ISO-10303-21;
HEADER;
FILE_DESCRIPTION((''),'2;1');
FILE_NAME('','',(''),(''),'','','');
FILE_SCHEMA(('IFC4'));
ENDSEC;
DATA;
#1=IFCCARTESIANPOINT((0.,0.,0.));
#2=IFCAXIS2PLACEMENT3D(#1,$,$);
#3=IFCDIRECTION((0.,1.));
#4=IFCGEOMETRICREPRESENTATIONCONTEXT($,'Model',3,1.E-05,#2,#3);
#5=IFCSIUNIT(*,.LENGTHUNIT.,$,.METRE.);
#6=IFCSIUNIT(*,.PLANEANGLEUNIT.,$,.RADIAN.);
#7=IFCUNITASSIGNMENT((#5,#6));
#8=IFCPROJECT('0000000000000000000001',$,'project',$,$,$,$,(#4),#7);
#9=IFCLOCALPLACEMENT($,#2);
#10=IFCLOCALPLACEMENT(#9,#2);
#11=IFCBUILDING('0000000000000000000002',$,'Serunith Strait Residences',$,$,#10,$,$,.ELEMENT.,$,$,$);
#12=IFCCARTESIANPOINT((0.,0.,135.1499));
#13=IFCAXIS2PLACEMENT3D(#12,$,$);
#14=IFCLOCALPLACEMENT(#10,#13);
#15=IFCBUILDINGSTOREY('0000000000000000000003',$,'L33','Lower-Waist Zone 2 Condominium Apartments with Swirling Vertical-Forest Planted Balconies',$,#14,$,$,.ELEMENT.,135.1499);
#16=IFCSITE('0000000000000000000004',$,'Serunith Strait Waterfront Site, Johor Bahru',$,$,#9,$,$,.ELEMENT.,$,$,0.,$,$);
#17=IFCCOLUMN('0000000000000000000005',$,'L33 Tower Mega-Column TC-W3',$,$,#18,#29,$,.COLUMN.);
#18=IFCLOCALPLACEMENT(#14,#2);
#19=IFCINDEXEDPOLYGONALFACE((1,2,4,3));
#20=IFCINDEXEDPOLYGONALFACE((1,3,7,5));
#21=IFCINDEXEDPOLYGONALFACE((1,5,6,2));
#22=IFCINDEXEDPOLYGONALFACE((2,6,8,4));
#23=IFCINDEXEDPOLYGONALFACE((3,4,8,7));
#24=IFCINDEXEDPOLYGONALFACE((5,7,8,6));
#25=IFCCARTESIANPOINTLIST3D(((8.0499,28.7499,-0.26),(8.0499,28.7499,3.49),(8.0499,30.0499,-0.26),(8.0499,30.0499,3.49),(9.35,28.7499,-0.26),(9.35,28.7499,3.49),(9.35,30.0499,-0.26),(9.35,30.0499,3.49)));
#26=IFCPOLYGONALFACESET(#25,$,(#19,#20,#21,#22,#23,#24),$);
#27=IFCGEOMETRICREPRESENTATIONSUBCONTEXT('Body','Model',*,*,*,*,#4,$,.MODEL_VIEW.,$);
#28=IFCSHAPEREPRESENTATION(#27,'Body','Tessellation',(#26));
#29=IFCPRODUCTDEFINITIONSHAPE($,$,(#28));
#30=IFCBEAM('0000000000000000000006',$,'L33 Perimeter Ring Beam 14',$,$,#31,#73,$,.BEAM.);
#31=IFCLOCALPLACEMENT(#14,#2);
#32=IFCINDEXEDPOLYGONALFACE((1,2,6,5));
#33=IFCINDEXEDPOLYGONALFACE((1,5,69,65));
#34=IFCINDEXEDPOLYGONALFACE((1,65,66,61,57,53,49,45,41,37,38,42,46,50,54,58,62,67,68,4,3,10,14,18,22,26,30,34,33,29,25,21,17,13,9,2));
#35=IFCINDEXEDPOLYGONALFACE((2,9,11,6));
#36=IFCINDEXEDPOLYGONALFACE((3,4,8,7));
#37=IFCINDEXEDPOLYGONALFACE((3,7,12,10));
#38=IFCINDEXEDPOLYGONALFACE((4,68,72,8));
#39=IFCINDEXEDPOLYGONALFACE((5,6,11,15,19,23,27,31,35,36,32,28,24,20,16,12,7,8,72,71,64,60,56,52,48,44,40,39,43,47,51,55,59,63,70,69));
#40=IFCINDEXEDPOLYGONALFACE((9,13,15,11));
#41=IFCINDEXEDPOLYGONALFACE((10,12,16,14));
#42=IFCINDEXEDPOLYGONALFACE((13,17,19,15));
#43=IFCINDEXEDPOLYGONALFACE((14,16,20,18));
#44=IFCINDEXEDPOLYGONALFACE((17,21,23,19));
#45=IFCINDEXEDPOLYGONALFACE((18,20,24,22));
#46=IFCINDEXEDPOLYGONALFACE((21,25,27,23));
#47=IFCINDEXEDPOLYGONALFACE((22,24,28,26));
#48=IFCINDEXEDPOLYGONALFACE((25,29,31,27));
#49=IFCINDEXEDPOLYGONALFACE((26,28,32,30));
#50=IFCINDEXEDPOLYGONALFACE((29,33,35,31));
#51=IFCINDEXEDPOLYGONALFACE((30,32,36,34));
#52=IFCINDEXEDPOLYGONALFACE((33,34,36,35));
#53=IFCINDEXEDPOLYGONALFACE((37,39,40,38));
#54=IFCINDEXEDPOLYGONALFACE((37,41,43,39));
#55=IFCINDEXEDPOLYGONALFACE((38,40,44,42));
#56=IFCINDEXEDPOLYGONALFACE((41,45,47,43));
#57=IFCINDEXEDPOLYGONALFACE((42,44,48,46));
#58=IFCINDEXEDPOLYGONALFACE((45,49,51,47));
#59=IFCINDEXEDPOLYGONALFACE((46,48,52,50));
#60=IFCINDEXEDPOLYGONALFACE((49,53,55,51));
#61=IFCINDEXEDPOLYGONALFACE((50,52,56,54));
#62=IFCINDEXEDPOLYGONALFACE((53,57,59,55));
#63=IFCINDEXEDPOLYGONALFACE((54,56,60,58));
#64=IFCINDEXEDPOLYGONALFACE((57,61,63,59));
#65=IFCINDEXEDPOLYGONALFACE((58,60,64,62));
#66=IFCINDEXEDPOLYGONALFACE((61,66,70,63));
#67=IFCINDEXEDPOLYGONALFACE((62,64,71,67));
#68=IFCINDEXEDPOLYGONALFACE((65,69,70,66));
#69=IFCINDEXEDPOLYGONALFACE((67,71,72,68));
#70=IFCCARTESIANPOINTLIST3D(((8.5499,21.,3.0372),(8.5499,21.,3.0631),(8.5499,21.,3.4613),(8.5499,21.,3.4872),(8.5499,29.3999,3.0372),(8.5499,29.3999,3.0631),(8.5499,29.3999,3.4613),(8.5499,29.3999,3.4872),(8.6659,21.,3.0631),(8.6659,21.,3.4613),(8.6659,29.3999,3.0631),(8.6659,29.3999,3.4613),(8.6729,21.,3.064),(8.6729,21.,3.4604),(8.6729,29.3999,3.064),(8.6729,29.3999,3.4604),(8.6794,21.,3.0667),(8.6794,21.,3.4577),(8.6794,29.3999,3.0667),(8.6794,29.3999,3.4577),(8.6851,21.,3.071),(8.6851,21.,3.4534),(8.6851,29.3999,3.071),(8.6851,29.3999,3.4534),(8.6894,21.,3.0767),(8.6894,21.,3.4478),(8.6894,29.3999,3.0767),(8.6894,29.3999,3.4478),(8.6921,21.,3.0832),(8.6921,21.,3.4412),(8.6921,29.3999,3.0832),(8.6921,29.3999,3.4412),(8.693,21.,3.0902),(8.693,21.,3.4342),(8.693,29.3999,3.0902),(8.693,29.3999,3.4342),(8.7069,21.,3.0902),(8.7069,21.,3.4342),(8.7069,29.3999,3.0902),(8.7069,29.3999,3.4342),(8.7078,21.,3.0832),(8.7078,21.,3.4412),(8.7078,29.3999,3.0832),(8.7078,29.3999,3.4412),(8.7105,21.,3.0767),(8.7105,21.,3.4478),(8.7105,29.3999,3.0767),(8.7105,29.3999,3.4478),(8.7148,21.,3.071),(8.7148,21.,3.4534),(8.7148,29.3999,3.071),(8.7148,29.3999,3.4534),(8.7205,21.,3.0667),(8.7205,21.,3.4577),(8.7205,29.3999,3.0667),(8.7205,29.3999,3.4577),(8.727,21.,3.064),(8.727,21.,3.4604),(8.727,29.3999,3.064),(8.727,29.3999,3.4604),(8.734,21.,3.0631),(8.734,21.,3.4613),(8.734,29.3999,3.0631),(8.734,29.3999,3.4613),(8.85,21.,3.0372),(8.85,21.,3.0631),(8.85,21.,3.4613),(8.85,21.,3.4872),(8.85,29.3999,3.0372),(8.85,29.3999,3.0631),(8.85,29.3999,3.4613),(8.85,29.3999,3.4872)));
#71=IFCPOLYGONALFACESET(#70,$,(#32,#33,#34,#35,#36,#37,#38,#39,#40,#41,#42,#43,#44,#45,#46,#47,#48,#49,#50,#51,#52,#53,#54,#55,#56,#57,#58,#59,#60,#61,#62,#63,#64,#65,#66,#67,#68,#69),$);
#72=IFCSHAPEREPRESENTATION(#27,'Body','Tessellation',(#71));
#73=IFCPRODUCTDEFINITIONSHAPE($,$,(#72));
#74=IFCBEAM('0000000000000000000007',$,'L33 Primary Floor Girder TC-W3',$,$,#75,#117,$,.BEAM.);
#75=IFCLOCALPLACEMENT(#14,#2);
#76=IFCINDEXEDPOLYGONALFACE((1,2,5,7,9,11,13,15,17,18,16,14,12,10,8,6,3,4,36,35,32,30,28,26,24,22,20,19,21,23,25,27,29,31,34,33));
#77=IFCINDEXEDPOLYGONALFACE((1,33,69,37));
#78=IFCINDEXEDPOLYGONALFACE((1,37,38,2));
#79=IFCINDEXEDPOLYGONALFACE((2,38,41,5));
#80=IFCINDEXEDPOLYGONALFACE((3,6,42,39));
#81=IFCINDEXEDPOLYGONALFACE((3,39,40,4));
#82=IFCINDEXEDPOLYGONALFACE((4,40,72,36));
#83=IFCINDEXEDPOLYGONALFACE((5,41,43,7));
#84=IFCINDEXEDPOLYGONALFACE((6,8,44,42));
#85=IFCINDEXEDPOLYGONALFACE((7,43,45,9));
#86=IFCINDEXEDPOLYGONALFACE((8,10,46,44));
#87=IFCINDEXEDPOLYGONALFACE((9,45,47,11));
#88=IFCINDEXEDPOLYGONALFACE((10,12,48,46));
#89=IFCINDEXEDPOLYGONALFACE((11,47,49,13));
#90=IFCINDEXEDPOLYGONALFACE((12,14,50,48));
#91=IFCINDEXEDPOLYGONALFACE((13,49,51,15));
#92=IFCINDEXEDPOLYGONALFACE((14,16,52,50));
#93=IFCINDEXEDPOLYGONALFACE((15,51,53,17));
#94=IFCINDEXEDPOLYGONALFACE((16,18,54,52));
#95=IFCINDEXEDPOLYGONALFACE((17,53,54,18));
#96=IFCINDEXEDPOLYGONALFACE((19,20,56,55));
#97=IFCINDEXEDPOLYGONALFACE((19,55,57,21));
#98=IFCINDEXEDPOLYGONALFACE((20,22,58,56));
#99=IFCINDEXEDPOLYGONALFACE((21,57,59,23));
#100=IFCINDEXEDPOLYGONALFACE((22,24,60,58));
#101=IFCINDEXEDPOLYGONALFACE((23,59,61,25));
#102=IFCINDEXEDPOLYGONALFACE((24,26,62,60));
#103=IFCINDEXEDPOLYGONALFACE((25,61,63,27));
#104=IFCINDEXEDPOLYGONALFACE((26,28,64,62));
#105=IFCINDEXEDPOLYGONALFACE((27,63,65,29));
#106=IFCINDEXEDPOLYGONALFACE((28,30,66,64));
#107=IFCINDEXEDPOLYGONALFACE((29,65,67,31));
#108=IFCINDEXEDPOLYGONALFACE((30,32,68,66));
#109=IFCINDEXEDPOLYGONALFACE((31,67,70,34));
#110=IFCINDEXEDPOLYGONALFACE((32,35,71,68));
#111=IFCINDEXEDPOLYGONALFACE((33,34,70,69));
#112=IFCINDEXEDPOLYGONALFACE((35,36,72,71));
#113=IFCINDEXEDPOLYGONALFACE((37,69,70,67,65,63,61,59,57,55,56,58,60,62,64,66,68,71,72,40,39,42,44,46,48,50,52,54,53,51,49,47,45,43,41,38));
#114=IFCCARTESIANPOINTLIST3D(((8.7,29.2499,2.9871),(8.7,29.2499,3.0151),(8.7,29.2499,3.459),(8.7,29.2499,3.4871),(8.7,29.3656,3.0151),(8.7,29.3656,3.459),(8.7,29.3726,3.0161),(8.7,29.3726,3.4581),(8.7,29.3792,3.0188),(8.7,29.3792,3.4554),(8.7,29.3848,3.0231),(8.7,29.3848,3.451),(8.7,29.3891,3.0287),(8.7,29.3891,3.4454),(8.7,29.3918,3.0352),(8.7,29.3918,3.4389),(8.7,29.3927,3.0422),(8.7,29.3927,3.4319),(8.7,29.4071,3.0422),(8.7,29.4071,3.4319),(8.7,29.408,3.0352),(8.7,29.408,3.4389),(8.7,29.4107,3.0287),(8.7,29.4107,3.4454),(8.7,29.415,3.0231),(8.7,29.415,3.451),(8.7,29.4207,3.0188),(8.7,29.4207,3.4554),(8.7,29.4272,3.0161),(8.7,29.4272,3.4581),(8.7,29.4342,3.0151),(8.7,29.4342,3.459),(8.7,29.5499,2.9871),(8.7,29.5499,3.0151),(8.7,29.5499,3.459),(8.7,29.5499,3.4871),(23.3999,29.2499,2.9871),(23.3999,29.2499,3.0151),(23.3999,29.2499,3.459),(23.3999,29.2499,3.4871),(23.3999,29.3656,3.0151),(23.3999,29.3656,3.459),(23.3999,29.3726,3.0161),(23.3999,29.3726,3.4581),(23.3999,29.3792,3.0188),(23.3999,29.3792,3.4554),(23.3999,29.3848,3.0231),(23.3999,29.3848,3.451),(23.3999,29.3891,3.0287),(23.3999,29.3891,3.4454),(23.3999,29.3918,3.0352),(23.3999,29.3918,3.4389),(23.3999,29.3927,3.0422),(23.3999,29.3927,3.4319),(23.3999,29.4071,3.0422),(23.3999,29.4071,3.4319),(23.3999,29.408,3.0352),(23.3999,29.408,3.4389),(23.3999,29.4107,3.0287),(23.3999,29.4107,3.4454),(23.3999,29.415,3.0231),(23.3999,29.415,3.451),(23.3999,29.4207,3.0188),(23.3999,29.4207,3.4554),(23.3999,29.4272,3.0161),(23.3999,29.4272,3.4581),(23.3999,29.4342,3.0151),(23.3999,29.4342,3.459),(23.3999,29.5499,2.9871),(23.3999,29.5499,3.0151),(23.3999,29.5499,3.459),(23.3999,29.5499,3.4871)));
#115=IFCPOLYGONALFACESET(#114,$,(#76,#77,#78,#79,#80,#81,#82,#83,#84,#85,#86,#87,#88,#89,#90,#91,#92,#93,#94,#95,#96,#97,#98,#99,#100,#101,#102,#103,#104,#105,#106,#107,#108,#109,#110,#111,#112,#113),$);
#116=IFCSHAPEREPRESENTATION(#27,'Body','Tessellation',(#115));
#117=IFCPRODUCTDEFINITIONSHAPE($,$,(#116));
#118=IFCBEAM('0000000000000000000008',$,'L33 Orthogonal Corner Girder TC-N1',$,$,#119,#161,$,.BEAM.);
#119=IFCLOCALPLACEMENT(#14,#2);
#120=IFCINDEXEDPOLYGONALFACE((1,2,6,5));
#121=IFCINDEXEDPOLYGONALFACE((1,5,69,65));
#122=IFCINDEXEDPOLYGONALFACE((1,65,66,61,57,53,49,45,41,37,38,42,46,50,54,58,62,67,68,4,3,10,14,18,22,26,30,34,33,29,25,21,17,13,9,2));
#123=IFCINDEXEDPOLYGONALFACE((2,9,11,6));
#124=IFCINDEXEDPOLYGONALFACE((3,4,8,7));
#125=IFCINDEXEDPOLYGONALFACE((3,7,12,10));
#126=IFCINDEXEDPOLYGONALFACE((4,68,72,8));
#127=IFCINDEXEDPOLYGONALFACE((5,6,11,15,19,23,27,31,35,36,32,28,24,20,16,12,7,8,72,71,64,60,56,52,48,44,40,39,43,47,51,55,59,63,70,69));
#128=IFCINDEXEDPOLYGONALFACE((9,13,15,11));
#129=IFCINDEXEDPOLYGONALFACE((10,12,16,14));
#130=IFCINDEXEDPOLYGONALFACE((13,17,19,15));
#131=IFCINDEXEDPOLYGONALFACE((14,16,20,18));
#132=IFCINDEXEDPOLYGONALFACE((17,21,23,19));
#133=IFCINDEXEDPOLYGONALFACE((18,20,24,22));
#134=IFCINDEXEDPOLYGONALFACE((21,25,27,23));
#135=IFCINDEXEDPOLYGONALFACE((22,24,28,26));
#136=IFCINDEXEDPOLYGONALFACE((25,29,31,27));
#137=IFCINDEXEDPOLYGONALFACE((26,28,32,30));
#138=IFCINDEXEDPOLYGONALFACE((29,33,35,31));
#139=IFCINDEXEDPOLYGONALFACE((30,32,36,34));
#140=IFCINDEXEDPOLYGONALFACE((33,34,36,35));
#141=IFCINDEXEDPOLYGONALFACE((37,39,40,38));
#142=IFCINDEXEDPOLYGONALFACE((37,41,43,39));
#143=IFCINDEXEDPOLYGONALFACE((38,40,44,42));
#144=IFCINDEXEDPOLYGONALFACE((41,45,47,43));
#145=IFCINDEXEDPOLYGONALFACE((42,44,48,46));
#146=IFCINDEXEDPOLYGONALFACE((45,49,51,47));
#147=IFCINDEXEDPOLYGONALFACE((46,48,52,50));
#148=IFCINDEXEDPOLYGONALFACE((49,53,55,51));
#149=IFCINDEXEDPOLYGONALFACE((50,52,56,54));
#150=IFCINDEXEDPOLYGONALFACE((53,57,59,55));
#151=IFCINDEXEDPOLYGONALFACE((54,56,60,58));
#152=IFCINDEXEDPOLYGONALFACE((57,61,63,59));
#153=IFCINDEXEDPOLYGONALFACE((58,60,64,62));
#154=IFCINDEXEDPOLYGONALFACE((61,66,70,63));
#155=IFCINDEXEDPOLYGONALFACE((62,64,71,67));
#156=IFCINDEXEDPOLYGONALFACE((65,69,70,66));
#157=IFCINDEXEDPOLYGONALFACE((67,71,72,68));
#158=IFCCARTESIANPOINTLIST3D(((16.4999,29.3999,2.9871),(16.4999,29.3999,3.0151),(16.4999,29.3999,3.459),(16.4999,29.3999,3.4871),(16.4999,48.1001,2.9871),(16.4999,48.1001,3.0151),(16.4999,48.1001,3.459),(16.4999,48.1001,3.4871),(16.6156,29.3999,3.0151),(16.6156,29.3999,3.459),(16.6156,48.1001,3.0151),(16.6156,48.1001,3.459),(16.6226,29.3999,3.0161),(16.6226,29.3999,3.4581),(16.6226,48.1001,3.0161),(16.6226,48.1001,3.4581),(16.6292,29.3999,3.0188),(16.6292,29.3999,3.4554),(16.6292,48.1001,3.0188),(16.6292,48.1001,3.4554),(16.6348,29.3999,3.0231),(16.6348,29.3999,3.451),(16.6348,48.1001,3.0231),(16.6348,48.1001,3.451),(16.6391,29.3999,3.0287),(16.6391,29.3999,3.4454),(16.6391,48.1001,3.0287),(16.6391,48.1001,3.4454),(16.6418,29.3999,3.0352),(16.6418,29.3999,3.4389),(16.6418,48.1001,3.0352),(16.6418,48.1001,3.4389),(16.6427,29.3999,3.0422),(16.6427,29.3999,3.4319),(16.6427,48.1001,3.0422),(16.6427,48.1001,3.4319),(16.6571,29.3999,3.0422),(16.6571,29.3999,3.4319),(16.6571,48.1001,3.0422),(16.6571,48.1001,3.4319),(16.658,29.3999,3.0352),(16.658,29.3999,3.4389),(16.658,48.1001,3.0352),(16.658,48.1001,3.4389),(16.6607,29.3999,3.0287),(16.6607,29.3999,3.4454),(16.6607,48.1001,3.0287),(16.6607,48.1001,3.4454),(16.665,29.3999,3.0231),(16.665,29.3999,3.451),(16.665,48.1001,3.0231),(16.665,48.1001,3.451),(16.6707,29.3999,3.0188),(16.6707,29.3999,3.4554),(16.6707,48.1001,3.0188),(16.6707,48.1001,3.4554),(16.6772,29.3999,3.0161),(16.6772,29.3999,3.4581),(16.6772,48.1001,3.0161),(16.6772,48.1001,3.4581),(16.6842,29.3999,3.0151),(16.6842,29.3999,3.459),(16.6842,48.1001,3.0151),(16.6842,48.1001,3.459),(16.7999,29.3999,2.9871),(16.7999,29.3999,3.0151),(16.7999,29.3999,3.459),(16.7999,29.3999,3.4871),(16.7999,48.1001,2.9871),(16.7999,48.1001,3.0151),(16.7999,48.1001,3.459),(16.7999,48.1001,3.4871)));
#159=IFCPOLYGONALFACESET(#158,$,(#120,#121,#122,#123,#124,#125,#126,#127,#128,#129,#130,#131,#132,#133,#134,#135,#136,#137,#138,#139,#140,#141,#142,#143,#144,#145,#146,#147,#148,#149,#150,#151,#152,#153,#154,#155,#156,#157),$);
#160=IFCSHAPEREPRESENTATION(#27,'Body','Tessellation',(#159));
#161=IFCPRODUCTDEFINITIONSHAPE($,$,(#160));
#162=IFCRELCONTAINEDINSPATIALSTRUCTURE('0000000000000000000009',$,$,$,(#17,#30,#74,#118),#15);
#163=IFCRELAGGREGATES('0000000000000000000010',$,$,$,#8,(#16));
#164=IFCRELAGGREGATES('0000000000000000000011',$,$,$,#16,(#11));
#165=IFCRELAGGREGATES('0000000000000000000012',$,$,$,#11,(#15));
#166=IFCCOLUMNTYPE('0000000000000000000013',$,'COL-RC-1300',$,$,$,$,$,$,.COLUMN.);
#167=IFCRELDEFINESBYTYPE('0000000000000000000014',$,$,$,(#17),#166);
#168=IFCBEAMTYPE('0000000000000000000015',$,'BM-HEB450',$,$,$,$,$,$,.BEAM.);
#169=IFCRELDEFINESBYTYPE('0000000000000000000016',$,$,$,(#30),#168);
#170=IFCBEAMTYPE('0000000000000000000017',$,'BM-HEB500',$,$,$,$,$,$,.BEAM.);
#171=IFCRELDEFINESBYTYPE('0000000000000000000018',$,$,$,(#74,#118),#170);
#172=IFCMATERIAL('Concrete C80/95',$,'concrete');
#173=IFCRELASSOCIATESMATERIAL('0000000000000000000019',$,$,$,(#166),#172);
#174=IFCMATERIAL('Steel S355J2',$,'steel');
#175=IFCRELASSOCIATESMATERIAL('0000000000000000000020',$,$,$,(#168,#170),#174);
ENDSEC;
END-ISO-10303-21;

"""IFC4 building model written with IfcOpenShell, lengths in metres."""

from ifc_helpers import new_model, si_unit, direction, frame, origin, origin_2d, place, context, subcontext, project, spatial, rectangle, i_section, extrude, source, transform, mapped, material, material_profile, profile_set, type_object, element, save


model = new_model("IFC4")

# Units and contexts
model_context = context("Model", 3, precision=1e-05, world=origin(), true_north=direction((0.0, 1.0)))
body_context = subcontext(model_context, "Body", "Model", "MODEL_VIEW")
ifc_project = project(units=[si_unit("LENGTHUNIT", "METRE"), si_unit("PLANEANGLEUNIT", "RADIAN")], contexts=[model_context])

# Site, building, storey
site_placement = place(None, origin())
site = spatial("IfcSite", under=ifc_project, at=site_placement, Name="Serunith Strait Waterfront Site, Johor Bahru", CompositionType="ELEMENT", RefElevation=0.0)
building_placement = place(site_placement, origin())
building = spatial("IfcBuilding", under=site, at=building_placement, Name="Serunith Strait Residences", CompositionType="ELEMENT")
storey_placement = place(building_placement, frame((0.0, 0.0, 135.1499)))
storey = spatial("IfcBuildingStorey", under=building, at=storey_placement, Name="L33", Description="Lower-Waist Zone 2 Condominium Apartments with Swirling Vertical-Forest Planted Balconies", CompositionType="ELEMENT", Elevation=135.1499)

# Column
ifc_material_1 = material(Name="Concrete C80/95", Category="concrete")
ifc_material_profile_1 = material_profile(ifc_material_1, rectangle(XDim=1.3, YDim=1.3, at=origin_2d()), Name="RC 1300x1300")
ifc_profile_set_1 = profile_set([ifc_material_profile_1], Name="Concrete C80/95")
column_type = type_object("IfcColumnType", Name="COL-RC-1300", PredefinedType="COLUMN", material=ifc_profile_set_1)
shared_shape_1 = source(origin(), body_context, "Body", "SweptSolid", [
    extrude(rectangle(XDim=1.3, YDim=1.3, at=origin_2d()), origin(), (0.0, 0.0, 1.0), 3.75),
])
column_placement = place(storey_placement, frame((8.7, 29.3999, -0.26), z_axis=(0.0, 0.0, 1.0), x_axis=(1.0, 0.0, 0.0)))
element("IfcColumn", 1, at=column_placement, inside=storey, type_object=column_type, Name="L33 Tower Mega-Column TC-W3", PredefinedType="COLUMN", context=body_context, shape_type="MappedRepresentation", body=[
    mapped(shared_shape_1, transform((0.0, 0.0, 0.0), scale=1.0)),
])

# Beams
ifc_material_2 = material(Name="Steel S355J2", Category="steel")
ifc_material_profile_2 = material_profile(ifc_material_2, i_section(OverallWidth=0.3, OverallDepth=0.45, WebThickness=0.0139, FlangeThickness=0.0259, FilletRadius=0.0271, at=origin_2d()), Name="HEB 450")
ifc_profile_set_2 = profile_set([ifc_material_profile_2], Name="Steel S355J2")
beam_type_1 = type_object("IfcBeamType", Name="BM-HEB450", PredefinedType="BEAM", material=ifc_profile_set_2)
shared_shape_2 = source(origin(), body_context, "Body", "SweptSolid", [
    extrude(i_section(OverallWidth=0.3, OverallDepth=0.45, WebThickness=0.0139, FlangeThickness=0.0259, FilletRadius=0.0271, at=origin_2d()), origin(), (0.0, 0.0, 1.0), 8.3999),
])
beam_1_placement = place(storey_placement, frame((8.7, 29.3999, 3.2622), z_axis=(0.0, -1.0, 0.0), x_axis=(1.0, 0.0, 0.0)))
element("IfcBeam", 2, at=beam_1_placement, inside=storey, type_object=beam_type_1, Name="L33 Perimeter Ring Beam 14", PredefinedType="BEAM", context=body_context, shape_type="MappedRepresentation", body=[
    mapped(shared_shape_2, transform((0.0, 0.0, 0.0), scale=1.0)),
])
ifc_material_profile_3 = material_profile(ifc_material_2, i_section(OverallWidth=0.3, OverallDepth=0.5, WebThickness=0.0144, FlangeThickness=0.0281, FilletRadius=0.0271, at=origin_2d()), Name="HEB 500")
ifc_profile_set_3 = profile_set([ifc_material_profile_3], Name="Steel S355J2")
beam_type_2 = type_object("IfcBeamType", Name="BM-HEB500", PredefinedType="BEAM", material=ifc_profile_set_3)
shared_shape_3 = source(origin(), body_context, "Body", "SweptSolid", [
    extrude(i_section(OverallWidth=0.3, OverallDepth=0.5, WebThickness=0.0144, FlangeThickness=0.0281, FilletRadius=0.0271, at=origin_2d()), origin(), (0.0, 0.0, 1.0), 14.7),
])
beam_2_placement = place(storey_placement, frame((23.3999, 29.3999, 3.2371), z_axis=(-1.0, 0.0, 0.0), x_axis=(0.0, -1.0, 0.0)))
element("IfcBeam", 3, at=beam_2_placement, inside=storey, type_object=beam_type_2, Name="L33 Primary Floor Girder TC-W3", PredefinedType="BEAM", context=body_context, shape_type="MappedRepresentation", body=[
    mapped(shared_shape_3, transform((0.0, 0.0, 0.0), scale=1.0)),
])
shared_shape_4 = source(origin(), body_context, "Body", "SweptSolid", [
    extrude(i_section(OverallWidth=0.3, OverallDepth=0.5, WebThickness=0.0144, FlangeThickness=0.0281, FilletRadius=0.0271, at=origin_2d()), origin(), (0.0, 0.0, 1.0), 18.7002),
])
beam_3_placement = place(storey_placement, frame((16.6499, 29.3999, 3.2371), z_axis=(0.0, 1.0, 0.0), x_axis=(-1.0, 0.0, 0.0)))
element("IfcBeam", 4, at=beam_3_placement, inside=storey, type_object=beam_type_2, Name="L33 Orthogonal Corner Girder TC-N1", PredefinedType="BEAM", context=body_context, shape_type="MappedRepresentation", body=[
    mapped(shared_shape_4, transform((0.0, 0.0, 0.0), scale=1.0)),
])

save(model, "model.ifc")
